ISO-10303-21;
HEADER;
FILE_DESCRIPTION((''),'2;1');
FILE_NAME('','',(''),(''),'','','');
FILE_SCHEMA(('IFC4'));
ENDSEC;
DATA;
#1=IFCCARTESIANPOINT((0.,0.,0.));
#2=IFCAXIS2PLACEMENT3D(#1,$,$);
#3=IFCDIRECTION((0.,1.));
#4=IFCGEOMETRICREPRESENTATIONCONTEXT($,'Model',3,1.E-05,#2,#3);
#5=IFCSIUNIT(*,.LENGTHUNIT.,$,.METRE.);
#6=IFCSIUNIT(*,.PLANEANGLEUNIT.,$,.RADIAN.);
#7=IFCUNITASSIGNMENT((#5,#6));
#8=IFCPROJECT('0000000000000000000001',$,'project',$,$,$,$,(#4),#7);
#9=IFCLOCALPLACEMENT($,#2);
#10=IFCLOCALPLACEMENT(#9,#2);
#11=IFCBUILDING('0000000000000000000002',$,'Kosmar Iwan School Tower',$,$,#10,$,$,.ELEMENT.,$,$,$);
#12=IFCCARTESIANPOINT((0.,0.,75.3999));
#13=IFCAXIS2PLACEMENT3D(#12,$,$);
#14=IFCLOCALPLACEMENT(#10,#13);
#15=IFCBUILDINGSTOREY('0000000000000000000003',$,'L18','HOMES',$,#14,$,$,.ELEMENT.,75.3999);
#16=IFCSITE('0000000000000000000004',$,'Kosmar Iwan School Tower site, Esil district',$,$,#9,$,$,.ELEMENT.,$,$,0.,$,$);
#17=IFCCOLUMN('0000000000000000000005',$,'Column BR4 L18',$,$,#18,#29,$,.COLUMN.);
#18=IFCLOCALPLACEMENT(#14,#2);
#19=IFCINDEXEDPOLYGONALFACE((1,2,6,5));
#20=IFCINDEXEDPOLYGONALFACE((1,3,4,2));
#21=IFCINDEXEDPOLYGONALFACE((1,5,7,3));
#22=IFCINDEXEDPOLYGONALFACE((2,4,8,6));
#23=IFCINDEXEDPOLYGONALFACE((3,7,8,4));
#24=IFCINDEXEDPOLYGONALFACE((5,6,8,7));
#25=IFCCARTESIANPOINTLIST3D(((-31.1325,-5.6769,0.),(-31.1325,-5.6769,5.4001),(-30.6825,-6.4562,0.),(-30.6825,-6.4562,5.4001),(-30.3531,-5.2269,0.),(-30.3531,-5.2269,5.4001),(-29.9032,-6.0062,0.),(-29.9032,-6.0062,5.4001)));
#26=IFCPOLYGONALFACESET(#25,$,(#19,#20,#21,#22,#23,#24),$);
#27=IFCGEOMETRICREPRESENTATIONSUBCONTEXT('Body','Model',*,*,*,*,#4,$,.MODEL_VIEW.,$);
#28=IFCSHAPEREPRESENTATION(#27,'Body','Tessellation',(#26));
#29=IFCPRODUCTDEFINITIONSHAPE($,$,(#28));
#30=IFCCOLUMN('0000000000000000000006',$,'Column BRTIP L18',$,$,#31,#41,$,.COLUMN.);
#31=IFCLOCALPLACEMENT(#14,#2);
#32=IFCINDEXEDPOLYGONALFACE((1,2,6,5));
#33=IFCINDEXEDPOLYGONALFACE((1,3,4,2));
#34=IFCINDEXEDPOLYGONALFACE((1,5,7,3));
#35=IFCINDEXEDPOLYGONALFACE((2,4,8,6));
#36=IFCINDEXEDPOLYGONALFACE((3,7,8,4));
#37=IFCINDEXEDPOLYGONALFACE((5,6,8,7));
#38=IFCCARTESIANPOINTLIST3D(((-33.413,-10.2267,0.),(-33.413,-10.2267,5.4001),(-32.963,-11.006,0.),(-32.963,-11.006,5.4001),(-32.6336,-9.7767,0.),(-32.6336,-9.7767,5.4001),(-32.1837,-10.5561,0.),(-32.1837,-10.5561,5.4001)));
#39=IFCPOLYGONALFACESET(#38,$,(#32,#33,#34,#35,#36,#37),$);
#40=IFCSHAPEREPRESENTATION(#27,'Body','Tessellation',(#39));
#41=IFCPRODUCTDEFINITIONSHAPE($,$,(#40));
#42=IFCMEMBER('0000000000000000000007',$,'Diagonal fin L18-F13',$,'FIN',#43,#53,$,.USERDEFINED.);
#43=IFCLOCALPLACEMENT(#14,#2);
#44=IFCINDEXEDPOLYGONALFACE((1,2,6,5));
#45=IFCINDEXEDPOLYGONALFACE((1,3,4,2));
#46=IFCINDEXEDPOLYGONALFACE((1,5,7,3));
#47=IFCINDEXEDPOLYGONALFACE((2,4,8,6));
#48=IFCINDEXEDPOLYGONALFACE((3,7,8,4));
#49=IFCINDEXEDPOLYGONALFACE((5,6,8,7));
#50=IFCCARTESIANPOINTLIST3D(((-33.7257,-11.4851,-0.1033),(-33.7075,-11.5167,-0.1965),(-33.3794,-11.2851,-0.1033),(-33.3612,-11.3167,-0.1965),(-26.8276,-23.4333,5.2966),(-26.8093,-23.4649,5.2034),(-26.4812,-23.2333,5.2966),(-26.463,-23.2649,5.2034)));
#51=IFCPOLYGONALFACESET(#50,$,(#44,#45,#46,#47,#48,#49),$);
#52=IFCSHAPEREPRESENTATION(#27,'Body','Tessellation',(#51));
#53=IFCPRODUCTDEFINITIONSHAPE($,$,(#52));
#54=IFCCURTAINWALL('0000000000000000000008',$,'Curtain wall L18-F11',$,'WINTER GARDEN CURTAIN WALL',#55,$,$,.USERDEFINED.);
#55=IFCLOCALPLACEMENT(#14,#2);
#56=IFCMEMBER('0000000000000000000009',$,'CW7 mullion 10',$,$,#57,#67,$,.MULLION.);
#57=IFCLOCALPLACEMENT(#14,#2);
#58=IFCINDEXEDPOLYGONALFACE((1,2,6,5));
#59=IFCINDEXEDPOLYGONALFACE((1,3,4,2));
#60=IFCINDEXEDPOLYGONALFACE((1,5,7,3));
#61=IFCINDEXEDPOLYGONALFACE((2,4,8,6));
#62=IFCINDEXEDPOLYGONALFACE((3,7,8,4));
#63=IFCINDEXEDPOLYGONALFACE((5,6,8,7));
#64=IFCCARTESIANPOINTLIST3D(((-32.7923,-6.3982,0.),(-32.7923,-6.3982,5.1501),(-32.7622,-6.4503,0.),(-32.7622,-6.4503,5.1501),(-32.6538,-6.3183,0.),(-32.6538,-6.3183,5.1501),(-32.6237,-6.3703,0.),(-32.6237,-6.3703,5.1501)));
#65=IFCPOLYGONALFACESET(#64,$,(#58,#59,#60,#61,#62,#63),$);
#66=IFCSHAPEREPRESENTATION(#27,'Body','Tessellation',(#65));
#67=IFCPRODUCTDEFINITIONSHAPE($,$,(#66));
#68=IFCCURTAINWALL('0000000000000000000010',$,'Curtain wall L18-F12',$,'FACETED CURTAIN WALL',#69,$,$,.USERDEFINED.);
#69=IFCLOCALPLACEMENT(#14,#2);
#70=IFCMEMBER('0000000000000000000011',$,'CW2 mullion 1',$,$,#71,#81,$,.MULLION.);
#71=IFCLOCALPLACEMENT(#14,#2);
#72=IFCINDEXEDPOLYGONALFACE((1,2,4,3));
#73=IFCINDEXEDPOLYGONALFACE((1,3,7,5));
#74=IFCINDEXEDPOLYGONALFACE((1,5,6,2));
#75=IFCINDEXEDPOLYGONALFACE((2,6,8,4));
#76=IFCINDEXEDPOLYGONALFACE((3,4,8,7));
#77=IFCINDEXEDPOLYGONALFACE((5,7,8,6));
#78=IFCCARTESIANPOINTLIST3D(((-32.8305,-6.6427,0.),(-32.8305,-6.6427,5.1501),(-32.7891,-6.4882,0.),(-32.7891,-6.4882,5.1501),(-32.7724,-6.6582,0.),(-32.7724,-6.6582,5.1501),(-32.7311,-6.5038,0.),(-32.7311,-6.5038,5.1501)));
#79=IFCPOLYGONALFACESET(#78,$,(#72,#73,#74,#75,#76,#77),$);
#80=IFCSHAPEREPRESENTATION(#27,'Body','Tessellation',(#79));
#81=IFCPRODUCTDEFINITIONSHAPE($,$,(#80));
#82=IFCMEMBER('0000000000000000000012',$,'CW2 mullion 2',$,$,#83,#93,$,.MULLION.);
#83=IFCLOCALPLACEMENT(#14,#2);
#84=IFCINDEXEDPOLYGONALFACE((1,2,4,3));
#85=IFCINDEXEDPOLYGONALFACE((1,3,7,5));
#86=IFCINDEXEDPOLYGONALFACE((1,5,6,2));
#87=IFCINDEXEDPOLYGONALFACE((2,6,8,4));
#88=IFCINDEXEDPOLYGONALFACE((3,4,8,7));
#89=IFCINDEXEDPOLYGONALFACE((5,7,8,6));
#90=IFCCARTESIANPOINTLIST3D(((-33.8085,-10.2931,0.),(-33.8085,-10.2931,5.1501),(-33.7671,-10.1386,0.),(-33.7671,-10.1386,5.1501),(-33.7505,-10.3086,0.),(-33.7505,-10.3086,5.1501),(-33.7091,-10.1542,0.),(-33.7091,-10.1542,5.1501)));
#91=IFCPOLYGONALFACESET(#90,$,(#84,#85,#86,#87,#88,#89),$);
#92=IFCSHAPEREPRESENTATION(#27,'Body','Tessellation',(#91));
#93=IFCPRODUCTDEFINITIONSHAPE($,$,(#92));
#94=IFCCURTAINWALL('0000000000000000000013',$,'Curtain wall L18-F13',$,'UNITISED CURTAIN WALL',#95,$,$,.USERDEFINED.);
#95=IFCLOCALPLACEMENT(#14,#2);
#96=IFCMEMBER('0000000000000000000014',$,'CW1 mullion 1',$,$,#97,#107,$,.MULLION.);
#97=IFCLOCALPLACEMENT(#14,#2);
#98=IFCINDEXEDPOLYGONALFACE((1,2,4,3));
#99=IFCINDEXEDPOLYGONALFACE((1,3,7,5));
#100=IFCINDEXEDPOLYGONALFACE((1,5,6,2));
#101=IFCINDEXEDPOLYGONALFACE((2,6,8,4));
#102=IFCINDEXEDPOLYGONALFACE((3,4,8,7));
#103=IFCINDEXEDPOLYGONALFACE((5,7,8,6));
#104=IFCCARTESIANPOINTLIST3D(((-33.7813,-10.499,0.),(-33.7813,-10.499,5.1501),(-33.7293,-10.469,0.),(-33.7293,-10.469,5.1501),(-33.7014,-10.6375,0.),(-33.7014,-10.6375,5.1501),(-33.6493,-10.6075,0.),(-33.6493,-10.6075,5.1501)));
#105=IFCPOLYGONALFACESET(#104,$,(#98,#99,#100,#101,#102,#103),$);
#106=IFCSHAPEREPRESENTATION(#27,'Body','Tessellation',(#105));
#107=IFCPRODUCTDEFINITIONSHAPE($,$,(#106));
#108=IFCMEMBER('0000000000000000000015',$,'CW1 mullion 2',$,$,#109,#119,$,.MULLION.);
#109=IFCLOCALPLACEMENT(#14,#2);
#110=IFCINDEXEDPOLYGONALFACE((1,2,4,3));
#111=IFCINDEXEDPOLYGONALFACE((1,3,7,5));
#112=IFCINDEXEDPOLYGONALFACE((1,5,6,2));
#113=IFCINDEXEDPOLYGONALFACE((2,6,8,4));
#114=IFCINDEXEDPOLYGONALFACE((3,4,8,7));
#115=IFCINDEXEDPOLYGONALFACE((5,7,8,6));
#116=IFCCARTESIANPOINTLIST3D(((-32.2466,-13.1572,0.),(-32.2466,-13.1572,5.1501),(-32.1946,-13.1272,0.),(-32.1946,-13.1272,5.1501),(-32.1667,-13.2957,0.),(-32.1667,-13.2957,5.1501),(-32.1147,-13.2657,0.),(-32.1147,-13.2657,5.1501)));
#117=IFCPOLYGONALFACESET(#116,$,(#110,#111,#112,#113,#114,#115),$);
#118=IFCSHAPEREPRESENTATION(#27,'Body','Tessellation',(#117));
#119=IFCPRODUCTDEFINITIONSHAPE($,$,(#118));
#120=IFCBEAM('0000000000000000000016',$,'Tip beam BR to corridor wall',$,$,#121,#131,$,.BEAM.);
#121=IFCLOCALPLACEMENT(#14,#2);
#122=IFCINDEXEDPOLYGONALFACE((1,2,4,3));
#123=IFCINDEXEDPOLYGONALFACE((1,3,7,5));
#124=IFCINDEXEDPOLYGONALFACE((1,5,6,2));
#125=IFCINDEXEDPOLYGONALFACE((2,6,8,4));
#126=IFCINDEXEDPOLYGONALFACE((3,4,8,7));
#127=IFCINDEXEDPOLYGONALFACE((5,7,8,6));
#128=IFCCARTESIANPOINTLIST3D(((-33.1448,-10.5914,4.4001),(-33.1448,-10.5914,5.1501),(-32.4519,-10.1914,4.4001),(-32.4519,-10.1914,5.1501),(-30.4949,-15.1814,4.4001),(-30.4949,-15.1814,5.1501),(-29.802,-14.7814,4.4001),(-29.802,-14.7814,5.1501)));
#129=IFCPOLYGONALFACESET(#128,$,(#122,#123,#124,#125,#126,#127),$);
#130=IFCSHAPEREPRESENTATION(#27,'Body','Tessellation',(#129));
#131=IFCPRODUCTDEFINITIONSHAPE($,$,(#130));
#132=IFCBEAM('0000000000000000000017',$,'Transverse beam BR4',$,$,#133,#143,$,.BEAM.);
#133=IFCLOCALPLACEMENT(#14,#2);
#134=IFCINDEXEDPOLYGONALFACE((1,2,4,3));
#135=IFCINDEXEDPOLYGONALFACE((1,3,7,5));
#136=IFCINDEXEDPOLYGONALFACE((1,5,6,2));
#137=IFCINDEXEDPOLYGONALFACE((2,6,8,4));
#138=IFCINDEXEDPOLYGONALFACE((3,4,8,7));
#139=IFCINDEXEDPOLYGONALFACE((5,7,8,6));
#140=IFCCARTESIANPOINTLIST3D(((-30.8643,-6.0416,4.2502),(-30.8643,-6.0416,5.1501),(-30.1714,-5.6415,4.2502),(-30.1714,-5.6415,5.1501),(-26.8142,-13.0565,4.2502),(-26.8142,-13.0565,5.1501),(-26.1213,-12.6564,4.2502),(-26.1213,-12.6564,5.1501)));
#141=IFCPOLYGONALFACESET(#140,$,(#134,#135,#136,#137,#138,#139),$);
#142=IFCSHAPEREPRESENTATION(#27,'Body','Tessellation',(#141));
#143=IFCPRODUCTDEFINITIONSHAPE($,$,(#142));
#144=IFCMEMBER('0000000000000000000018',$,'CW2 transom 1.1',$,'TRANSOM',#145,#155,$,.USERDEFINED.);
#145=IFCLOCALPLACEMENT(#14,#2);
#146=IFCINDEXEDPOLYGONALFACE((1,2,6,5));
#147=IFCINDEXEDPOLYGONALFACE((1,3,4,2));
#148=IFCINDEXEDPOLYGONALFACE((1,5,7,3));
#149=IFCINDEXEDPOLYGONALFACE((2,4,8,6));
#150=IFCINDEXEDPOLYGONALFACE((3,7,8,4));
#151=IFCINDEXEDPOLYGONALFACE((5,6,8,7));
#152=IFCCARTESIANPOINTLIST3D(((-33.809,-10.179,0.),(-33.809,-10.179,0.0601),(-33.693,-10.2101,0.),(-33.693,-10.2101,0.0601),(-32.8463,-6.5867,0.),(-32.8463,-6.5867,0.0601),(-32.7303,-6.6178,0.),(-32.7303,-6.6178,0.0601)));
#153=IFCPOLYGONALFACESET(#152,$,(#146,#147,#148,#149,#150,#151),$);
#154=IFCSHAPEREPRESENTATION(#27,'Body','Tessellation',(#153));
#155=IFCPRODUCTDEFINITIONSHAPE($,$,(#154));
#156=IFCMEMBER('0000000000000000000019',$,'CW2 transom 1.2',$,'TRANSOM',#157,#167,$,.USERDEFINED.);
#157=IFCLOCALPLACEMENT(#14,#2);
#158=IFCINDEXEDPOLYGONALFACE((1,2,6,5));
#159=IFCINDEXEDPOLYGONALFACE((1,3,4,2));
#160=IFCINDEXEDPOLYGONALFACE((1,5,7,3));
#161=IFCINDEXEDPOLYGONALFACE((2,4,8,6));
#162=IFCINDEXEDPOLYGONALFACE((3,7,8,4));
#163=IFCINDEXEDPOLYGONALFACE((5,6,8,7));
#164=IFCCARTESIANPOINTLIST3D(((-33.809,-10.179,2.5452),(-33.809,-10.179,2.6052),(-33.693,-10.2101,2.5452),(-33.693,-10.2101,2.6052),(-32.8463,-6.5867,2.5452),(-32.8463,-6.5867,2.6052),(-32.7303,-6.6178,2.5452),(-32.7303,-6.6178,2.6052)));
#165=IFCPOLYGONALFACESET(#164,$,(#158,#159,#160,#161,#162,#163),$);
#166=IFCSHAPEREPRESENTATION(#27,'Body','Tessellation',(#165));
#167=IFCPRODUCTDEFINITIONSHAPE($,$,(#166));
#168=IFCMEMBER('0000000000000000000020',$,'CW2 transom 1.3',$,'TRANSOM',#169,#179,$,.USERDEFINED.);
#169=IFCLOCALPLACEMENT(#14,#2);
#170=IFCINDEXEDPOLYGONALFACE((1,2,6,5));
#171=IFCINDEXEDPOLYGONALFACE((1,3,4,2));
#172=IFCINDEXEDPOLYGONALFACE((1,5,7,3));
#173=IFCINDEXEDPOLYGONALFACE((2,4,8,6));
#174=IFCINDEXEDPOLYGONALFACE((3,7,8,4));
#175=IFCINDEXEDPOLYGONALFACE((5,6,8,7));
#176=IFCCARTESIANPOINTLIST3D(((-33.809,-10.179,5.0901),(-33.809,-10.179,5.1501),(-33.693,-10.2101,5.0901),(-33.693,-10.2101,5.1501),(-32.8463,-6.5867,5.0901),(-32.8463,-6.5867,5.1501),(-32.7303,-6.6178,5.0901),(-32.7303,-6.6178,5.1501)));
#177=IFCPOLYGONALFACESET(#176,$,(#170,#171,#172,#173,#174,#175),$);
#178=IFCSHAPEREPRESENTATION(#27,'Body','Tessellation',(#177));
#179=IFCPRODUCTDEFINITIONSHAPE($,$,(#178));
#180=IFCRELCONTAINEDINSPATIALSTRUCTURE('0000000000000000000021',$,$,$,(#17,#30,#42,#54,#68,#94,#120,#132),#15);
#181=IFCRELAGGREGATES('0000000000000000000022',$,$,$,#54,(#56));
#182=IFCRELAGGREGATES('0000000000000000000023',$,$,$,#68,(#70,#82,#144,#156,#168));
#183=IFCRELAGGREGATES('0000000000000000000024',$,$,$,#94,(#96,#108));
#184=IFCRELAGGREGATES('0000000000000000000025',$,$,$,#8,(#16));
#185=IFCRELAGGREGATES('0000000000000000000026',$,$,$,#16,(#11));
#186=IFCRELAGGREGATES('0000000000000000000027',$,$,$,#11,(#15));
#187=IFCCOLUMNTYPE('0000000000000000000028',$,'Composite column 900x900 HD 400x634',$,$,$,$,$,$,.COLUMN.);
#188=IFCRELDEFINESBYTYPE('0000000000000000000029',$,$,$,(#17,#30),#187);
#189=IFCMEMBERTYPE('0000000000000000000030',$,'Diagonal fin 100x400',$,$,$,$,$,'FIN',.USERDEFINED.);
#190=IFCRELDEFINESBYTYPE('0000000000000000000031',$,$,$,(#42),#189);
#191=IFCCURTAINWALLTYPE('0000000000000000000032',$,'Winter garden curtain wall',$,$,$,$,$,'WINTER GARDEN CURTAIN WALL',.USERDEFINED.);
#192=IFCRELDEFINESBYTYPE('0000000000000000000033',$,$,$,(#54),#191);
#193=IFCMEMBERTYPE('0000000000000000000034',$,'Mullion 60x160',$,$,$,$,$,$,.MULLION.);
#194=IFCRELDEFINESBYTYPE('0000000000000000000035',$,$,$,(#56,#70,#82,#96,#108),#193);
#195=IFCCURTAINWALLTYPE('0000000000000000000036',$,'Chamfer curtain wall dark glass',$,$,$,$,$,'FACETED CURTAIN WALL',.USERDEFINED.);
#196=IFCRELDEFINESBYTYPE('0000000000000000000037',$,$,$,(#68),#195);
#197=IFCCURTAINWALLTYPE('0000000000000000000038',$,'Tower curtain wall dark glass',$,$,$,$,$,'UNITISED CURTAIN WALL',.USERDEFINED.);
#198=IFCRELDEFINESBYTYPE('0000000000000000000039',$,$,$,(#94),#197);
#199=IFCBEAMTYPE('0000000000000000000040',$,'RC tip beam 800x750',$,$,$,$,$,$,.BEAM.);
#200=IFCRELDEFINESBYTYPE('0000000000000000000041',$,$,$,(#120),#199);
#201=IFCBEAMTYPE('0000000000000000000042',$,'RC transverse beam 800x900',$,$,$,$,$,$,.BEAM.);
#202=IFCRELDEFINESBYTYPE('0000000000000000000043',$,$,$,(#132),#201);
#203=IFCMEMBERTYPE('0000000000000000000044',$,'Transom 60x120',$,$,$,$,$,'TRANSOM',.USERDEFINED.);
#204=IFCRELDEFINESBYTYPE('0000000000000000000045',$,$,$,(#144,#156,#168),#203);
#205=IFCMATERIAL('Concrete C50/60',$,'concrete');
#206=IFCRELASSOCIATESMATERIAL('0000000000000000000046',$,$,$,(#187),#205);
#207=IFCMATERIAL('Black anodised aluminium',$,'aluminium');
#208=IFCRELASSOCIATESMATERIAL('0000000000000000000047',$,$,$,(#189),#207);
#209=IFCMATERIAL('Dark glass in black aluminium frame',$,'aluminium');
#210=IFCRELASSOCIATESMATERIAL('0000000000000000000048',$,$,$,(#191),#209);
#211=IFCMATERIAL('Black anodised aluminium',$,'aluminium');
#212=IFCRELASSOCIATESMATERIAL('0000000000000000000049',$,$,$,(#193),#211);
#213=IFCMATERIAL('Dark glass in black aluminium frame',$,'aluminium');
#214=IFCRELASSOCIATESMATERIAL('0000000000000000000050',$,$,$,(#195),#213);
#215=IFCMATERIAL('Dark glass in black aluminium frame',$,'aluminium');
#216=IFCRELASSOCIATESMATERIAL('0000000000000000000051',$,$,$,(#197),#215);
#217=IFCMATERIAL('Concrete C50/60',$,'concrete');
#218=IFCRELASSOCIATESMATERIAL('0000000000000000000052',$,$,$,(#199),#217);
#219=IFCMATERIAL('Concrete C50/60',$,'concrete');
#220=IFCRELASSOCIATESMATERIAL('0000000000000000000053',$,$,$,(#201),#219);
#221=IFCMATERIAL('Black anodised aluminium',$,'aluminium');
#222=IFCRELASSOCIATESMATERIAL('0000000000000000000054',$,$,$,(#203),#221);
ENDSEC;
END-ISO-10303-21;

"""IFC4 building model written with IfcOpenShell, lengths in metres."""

from ifc_helpers import new_model, si_unit, direction, frame, origin, origin_2d, place, context, subcontext, project, spatial, rectangle, extrude, material, material_profile, profile_set, type_object, element, aggregate, save


model = new_model("IFC4")

# Units and contexts
model_context = context("Model", 3, precision=1e-05, world=origin(), true_north=direction((0.0, 1.0)))
body_context = subcontext(model_context, "Body", "Model", "MODEL_VIEW")
ifc_project = project(units=[si_unit("LENGTHUNIT", "METRE"), si_unit("PLANEANGLEUNIT", "RADIAN")], contexts=[model_context])

# Site, building, storey
site_placement = place(None, origin())
site = spatial("IfcSite", under=ifc_project, at=site_placement, Name="Kosmar Iwan School Tower site, Esil district", CompositionType="ELEMENT", RefElevation=0.0)
building_placement = place(site_placement, origin())
building = spatial("IfcBuilding", under=site, at=building_placement, Name="Kosmar Iwan School Tower", CompositionType="ELEMENT")
storey_placement = place(building_placement, frame((0.0, 0.0, 75.3999)))
storey = spatial("IfcBuildingStorey", under=building, at=storey_placement, Name="L18", Description="HOMES", CompositionType="ELEMENT", Elevation=75.3999)

# Columns
ifc_material_1 = material(Name="Concrete C50/60", Category="concrete")
ifc_material_profile_1 = material_profile(ifc_material_1, rectangle(XDim=0.8999, YDim=0.8999, at=origin_2d()), Name="RC 900x900 + HD 400x634")
ifc_profile_set_1 = profile_set([ifc_material_profile_1], Name="Concrete C50/60")
column_type = type_object("IfcColumnType", Name="Composite column 900x900 HD 400x634", PredefinedType="COLUMN", material=ifc_profile_set_1)
for number, where, z_axis, x_axis, name in (
    (1, (-30.5178, -5.8416, 0.0), (0.0, 0.0, 1.0), (-0.866025, -0.5, 0.0), "Column BR4 L18"),
    (2, (-32.7983, -10.3914, 0.0), (0.0, 0.0, 1.0), (-0.866025, -0.5, 0.0), "Column BRTIP L18"),
):
    element("IfcColumn", number, at=place(storey_placement, frame(where, z_axis=z_axis, x_axis=x_axis)), inside=storey, type_object=column_type, Name=name, PredefinedType="COLUMN", context=body_context, shape_type="SweptSolid", body=[
        extrude(rectangle(XDim=0.8999, YDim=0.8999, at=origin_2d()), origin(), (0.0, 0.0, 1.0), 5.4001),
    ])

# Member
ifc_material_2 = material(Name="Black anodised aluminium", Category="aluminium")
ifc_material_profile_2 = material_profile(ifc_material_2, rectangle(XDim=0.1001, YDim=0.3999, at=origin_2d()), Name="FIN 100x400")
ifc_profile_set_2 = profile_set([ifc_material_profile_2], Name="Black anodised aluminium")
member_type_1 = type_object("IfcMemberType", Name="Diagonal fin 100x400", ElementType="FIN", PredefinedType="USERDEFINED", material=ifc_profile_set_2)
member_1_placement = place(storey_placement, frame((-33.5435, -11.4009, -0.1499), z_axis=(0.465601, -0.806459, 0.364472), x_axis=(-0.182233, 0.315643, 0.931214)))
element("IfcMember", 3, at=member_1_placement, inside=storey, type_object=member_type_1, Name="Diagonal fin L18-F13", ObjectType="FIN", PredefinedType="USERDEFINED", context=body_context, shape_type="SweptSolid", body=[
    extrude(rectangle(XDim=0.1001, YDim=0.3999, at=origin_2d()), origin(), (0.0, 0.0, 1.0), 14.8157),
])

# Curtain wall, member
ifc_material_3 = material(Name="Dark glass in black aluminium frame", Category="aluminium")
curtain_wall_type_1 = type_object("IfcCurtainWallType", Name="Winter garden curtain wall", ElementType="WINTER GARDEN CURTAIN WALL", PredefinedType="USERDEFINED", material=ifc_material_3)
curtain_wall_1_placement = place(storey_placement, origin())
curtain_wall_1 = element("IfcCurtainWall", 4, at=curtain_wall_1_placement, inside=storey, type_object=curtain_wall_type_1, Name="Curtain wall L18-F11", ObjectType="WINTER GARDEN CURTAIN WALL", PredefinedType="USERDEFINED")
ifc_material_4 = material(Name="Black anodised aluminium", Category="aluminium")
ifc_material_profile_3 = material_profile(ifc_material_4, rectangle(XDim=0.0601, YDim=0.1599, at=origin_2d()), Name="MULLION 60x160")
ifc_profile_set_3 = profile_set([ifc_material_profile_3], Name="Black anodised aluminium")
member_type_2 = type_object("IfcMemberType", Name="Mullion 60x160", PredefinedType="MULLION", material=ifc_profile_set_3)
member_2_placement = place(storey_placement, frame((-32.708, -6.3843, 0.0), z_axis=(0.0, 0.0, 1.0), x_axis=(0.5, -0.866025, 0.0)))
member_2 = element("IfcMember", 5, at=member_2_placement, type_object=member_type_2, Name="CW7 mullion 10", PredefinedType="MULLION", context=body_context, shape_type="SweptSolid", body=[
    extrude(rectangle(XDim=0.0601, YDim=0.1599, at=origin_2d()), origin(), (0.0, 0.0, 1.0), 5.1501),
])

# Curtain walls, members
ifc_material_5 = material(Name="Dark glass in black aluminium frame", Category="aluminium")
curtain_wall_type_2 = type_object("IfcCurtainWallType", Name="Chamfer curtain wall dark glass", ElementType="FACETED CURTAIN WALL", PredefinedType="USERDEFINED", material=ifc_material_5)
curtain_wall_2_placement = place(storey_placement, origin())
curtain_wall_2 = element("IfcCurtainWall", 6, at=curtain_wall_2_placement, inside=storey, type_object=curtain_wall_type_2, Name="Curtain wall L18-F12", ObjectType="FACETED CURTAIN WALL", PredefinedType="USERDEFINED")
member_3_placement = place(storey_placement, frame((-32.7808, -6.5732, 0.0), z_axis=(0.0, 0.0, 1.0), x_axis=(0.965926, -0.258819, 0.0)))
member_3 = element("IfcMember", 7, at=member_3_placement, type_object=member_type_2, Name="CW2 mullion 1", PredefinedType="MULLION", context=body_context, shape_type="SweptSolid", body=[
    extrude(rectangle(XDim=0.0601, YDim=0.1599, at=origin_2d()), origin(), (0.0, 0.0, 1.0), 5.1501),
])
member_4_placement = place(storey_placement, frame((-33.7588, -10.2236, 0.0), z_axis=(0.0, 0.0, 1.0), x_axis=(0.965926, -0.258819, 0.0)))
member_4 = element("IfcMember", 8, at=member_4_placement, type_object=member_type_2, Name="CW2 mullion 2", PredefinedType="MULLION", context=body_context, shape_type="SweptSolid", body=[
    extrude(rectangle(XDim=0.0601, YDim=0.1599, at=origin_2d()), origin(), (0.0, 0.0, 1.0), 5.1501),
])
ifc_material_6 = material(Name="Dark glass in black aluminium frame", Category="aluminium")
curtain_wall_type_3 = type_object("IfcCurtainWallType", Name="Tower curtain wall dark glass", ElementType="UNITISED CURTAIN WALL", PredefinedType="USERDEFINED", material=ifc_material_6)
curtain_wall_3_placement = place(storey_placement, origin())
curtain_wall_3 = element("IfcCurtainWall", 9, at=curtain_wall_3_placement, inside=storey, type_object=curtain_wall_type_3, Name="Curtain wall L18-F13", ObjectType="UNITISED CURTAIN WALL", PredefinedType="USERDEFINED")
member_5_placement = place(storey_placement, frame((-33.7153, -10.5532, 0.0), z_axis=(0.0, 0.0, 1.0), x_axis=(0.866025, 0.5, 0.0)))
member_5 = element("IfcMember", 10, at=member_5_placement, type_object=member_type_2, Name="CW1 mullion 1", PredefinedType="MULLION", context=body_context, shape_type="SweptSolid", body=[
    extrude(rectangle(XDim=0.0601, YDim=0.1599, at=origin_2d()), origin(), (0.0, 0.0, 1.0), 5.1501),
])
member_6_placement = place(storey_placement, frame((-32.1807, -13.2114, 0.0), z_axis=(0.0, 0.0, 1.0), x_axis=(0.866025, 0.5, 0.0)))
member_6 = element("IfcMember", 11, at=member_6_placement, type_object=member_type_2, Name="CW1 mullion 2", PredefinedType="MULLION", context=body_context, shape_type="SweptSolid", body=[
    extrude(rectangle(XDim=0.0601, YDim=0.1599, at=origin_2d()), origin(), (0.0, 0.0, 1.0), 5.1501),
])

# Beams
ifc_material_7 = material(Name="Concrete C50/60", Category="concrete")
ifc_material_profile_4 = material_profile(ifc_material_7, rectangle(XDim=0.8, YDim=0.75, at=origin_2d()), Name="RC 800x750")
ifc_profile_set_4 = profile_set([ifc_material_profile_4], Name="Concrete C50/60")
beam_type_1 = type_object("IfcBeamType", Name="RC tip beam 800x750", PredefinedType="BEAM", material=ifc_profile_set_4)
beam_1_placement = place(storey_placement, frame((-32.7983, -10.3914, 4.7751), z_axis=(0.499974, -0.866041, 0.0), x_axis=(0.866041, 0.499974, 0.0)))
element("IfcBeam", 12, at=beam_1_placement, inside=storey, type_object=beam_type_1, Name="Tip beam BR to corridor wall", PredefinedType="BEAM", context=body_context, shape_type="SweptSolid", body=[
    extrude(rectangle(XDim=0.8, YDim=0.75, at=origin_2d()), origin(), (0.0, 0.0, 1.0), 5.3),
])
ifc_material_8 = material(Name="Concrete C50/60", Category="concrete")
ifc_material_profile_5 = material_profile(ifc_material_8, rectangle(XDim=0.8, YDim=0.8999, at=origin_2d()), Name="RC 800x900")
ifc_profile_set_5 = profile_set([ifc_material_profile_5], Name="Concrete C50/60")
beam_type_2 = type_object("IfcBeamType", Name="RC transverse beam 800x900", PredefinedType="BEAM", material=ifc_profile_set_5)
beam_2_placement = place(storey_placement, frame((-30.5178, -5.8416, 4.7002), z_axis=(0.5, -0.866025, 0.0), x_axis=(0.866025, 0.5, 0.0)))
element("IfcBeam", 13, at=beam_2_placement, inside=storey, type_object=beam_type_2, Name="Transverse beam BR4", PredefinedType="BEAM", context=body_context, shape_type="SweptSolid", body=[
    extrude(rectangle(XDim=0.8, YDim=0.8999, at=origin_2d()), origin(), (0.0, 0.0, 1.0), 8.1001),
])

# Members
ifc_material_9 = material(Name="Black anodised aluminium", Category="aluminium")
ifc_material_profile_6 = material_profile(ifc_material_9, rectangle(XDim=0.1201, YDim=0.0601, at=origin_2d()), Name="TRANSOM 60x120")
ifc_profile_set_6 = profile_set([ifc_material_profile_6], Name="Black anodised aluminium")
member_type_3 = type_object("IfcMemberType", Name="Transom 60x120", ElementType="TRANSOM", PredefinedType="USERDEFINED", material=ifc_profile_set_6)
member_7_placement = place(storey_placement, frame((-32.7883, -6.6023, 0.03), z_axis=(-0.258843, -0.965919, 0.0), x_axis=(0.965919, -0.258843, 0.0)))
member_7 = element("IfcMember", 14, at=member_7_placement, type_object=member_type_3, Name="CW2 transom 1.1", ObjectType="TRANSOM", PredefinedType="USERDEFINED", context=body_context, shape_type="SweptSolid", body=[
    extrude(rectangle(XDim=0.1201, YDim=0.0601, at=origin_2d()), origin(), (0.0, 0.0, 1.0), 3.719),
])
member_8_placement = place(storey_placement, frame((-32.7883, -6.6023, 2.5752), z_axis=(-0.258843, -0.965919, 0.0), x_axis=(0.965919, -0.258843, 0.0)))
member_8 = element("IfcMember", 15, at=member_8_placement, type_object=member_type_3, Name="CW2 transom 1.2", ObjectType="TRANSOM", PredefinedType="USERDEFINED", context=body_context, shape_type="SweptSolid", body=[
    extrude(rectangle(XDim=0.1201, YDim=0.0601, at=origin_2d()), origin(), (0.0, 0.0, 1.0), 3.719),
])
member_9_placement = place(storey_placement, frame((-32.7883, -6.6023, 5.1201), z_axis=(-0.258843, -0.965919, 0.0), x_axis=(0.965919, -0.258843, 0.0)))
member_9 = element("IfcMember", 16, at=member_9_placement, type_object=member_type_3, Name="CW2 transom 1.3", ObjectType="TRANSOM", PredefinedType="USERDEFINED", context=body_context, shape_type="SweptSolid", body=[
    extrude(rectangle(XDim=0.1201, YDim=0.0601, at=origin_2d()), origin(), (0.0, 0.0, 1.0), 3.719),
])

aggregate(curtain_wall_1, [member_2])
aggregate(curtain_wall_2, [member_3, member_4, member_7, member_8, member_9])
aggregate(curtain_wall_3, [member_5, member_6])

save(model, "model.ifc")
